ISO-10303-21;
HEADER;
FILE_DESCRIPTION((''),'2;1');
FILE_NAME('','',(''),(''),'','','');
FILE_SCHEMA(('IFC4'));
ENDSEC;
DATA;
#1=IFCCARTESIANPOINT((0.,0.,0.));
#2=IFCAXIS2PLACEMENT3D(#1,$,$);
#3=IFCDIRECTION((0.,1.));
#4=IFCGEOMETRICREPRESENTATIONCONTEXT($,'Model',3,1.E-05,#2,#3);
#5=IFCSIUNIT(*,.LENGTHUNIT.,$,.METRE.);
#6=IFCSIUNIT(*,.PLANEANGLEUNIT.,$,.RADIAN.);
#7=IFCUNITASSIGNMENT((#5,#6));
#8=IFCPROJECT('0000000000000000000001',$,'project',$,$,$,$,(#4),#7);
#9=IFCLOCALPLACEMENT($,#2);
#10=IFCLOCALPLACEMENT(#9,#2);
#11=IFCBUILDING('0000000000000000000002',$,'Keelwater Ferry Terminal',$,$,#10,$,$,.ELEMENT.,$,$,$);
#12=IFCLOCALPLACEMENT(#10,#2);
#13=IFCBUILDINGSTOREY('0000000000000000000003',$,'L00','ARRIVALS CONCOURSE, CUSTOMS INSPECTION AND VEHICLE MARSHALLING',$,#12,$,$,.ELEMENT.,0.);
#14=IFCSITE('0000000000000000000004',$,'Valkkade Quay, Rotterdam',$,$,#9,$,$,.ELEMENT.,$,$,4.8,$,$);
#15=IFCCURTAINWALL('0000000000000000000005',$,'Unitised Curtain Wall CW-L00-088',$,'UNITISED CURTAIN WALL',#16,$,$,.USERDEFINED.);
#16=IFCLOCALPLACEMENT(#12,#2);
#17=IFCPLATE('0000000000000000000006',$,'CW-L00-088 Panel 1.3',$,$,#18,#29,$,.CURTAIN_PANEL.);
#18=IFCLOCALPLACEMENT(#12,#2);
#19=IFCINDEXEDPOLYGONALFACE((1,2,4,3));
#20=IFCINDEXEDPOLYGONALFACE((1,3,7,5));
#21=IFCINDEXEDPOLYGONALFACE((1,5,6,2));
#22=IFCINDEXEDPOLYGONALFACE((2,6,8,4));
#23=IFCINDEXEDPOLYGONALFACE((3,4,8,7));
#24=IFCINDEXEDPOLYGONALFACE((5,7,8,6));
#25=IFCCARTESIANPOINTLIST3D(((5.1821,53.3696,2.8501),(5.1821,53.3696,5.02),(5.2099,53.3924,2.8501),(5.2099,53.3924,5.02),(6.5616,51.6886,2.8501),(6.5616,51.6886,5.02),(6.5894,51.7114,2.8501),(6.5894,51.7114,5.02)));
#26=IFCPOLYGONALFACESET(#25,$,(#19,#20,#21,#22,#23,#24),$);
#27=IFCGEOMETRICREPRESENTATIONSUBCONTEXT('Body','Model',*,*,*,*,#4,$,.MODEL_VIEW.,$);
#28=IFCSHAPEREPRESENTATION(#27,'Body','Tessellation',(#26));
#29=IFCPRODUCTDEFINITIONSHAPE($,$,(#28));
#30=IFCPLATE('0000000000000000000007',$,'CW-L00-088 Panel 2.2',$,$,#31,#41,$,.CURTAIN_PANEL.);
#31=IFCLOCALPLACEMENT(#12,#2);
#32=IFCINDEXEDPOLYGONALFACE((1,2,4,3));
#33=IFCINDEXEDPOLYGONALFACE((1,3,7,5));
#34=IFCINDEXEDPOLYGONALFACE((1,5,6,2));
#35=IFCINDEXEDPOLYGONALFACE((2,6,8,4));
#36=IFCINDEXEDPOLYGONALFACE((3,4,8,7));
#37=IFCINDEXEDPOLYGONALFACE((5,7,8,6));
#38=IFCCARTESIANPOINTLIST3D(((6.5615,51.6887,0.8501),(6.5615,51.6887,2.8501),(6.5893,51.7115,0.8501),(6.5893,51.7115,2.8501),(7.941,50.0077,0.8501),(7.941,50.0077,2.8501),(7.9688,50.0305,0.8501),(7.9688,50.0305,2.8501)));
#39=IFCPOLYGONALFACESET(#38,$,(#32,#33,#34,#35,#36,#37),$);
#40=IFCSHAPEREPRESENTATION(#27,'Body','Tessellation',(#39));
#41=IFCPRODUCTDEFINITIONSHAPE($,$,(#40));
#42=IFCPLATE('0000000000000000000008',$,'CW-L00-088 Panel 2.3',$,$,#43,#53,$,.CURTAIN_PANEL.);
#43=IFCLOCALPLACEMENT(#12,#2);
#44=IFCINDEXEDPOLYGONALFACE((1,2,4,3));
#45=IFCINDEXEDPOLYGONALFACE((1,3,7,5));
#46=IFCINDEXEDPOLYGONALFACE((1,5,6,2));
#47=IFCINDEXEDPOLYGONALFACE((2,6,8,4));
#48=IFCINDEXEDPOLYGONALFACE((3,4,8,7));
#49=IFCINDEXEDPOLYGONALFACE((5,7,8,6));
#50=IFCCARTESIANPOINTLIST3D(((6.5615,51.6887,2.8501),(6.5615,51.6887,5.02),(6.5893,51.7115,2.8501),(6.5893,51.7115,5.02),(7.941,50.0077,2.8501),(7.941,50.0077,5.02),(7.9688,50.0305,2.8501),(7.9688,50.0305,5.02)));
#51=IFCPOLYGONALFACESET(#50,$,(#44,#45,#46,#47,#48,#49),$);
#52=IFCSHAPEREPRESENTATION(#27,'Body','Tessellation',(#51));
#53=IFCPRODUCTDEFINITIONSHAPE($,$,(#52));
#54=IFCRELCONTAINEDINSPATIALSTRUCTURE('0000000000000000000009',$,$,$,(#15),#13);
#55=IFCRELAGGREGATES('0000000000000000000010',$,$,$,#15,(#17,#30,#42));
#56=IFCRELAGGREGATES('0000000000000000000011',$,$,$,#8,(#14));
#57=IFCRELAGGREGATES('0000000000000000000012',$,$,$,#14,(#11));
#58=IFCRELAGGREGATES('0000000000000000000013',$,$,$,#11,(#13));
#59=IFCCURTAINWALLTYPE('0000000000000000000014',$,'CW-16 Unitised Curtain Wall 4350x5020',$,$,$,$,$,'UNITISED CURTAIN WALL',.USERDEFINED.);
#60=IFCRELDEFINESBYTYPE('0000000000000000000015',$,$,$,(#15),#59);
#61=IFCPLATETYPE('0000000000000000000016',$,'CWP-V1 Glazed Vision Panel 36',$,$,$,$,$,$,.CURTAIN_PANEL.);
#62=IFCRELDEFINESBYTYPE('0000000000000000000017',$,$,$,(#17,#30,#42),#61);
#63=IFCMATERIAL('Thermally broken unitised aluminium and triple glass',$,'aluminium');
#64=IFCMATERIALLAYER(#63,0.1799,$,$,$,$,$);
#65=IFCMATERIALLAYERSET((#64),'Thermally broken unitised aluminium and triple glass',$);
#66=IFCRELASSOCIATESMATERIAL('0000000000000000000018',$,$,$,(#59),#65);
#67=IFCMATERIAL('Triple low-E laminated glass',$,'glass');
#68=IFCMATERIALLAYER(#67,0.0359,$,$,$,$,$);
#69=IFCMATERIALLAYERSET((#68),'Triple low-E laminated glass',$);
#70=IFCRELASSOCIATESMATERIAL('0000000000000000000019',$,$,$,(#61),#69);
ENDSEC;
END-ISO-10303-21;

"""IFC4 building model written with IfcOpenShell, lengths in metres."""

from ifc_helpers import new_model, si_unit, direction, frame, origin, origin_2d, place, context, subcontext, project, spatial, rectangle, extrude, material, layer, layer_set, type_object, element, aggregate, save


model = new_model("IFC4")

# Units and contexts
model_context = context("Model", 3, precision=1e-05, world=origin(), true_north=direction((0.0, 1.0)))
body_context = subcontext(model_context, "Body", "Model", "MODEL_VIEW")
ifc_project = project(units=[si_unit("LENGTHUNIT", "METRE"), si_unit("PLANEANGLEUNIT", "RADIAN")], contexts=[model_context])

# Site, building, storey
site_placement = place(None, origin())
site = spatial("IfcSite", under=ifc_project, at=site_placement, Name="Valkkade Quay, Rotterdam", CompositionType="ELEMENT", RefElevation=4.8)
building_placement = place(site_placement, origin())
building = spatial("IfcBuilding", under=site, at=building_placement, Name="Keelwater Ferry Terminal", CompositionType="ELEMENT")
storey_placement = place(building_placement, origin())
storey = spatial("IfcBuildingStorey", under=building, at=storey_placement, Name="L00", Description="ARRIVALS CONCOURSE, CUSTOMS INSPECTION AND VEHICLE MARSHALLING", CompositionType="ELEMENT", Elevation=0.0)

# Shared definitions
ifc_material_1 = material(Name="Thermally broken unitised aluminium and triple glass", Category="aluminium")
ifc_layer_1 = layer(ifc_material_1, 0.1799)
ifc_layer_set_1 = layer_set([ifc_layer_1], Name="Thermally broken unitised aluminium and triple glass")
curtain_wall_type = type_object("IfcCurtainWallType", Name="CW-16 Unitised Curtain Wall 4350x5020", ElementType="UNITISED CURTAIN WALL", PredefinedType="USERDEFINED", material=ifc_layer_set_1)

# Curtain wall
curtain_wall_1_placement = place(storey_placement, origin())
curtain_wall_1 = element("IfcCurtainWall", 1, at=curtain_wall_1_placement, inside=storey, type_object=curtain_wall_type, Name="Unitised Curtain Wall CW-L00-088", ObjectType="UNITISED CURTAIN WALL", PredefinedType="USERDEFINED")

# Plates
ifc_material_2 = material(Name="Triple low-E laminated glass", Category="glass")
ifc_layer_2 = layer(ifc_material_2, 0.0359)
ifc_layer_set_2 = layer_set([ifc_layer_2], Name="Triple low-E laminated glass")
plate_type_1 = type_object("IfcPlateType", Name="CWP-V1 Glazed Vision Panel 36", PredefinedType="CURTAIN_PANEL", material=ifc_layer_set_2)
plate_1_placement = place(storey_placement, frame((5.8857, 52.5405, 2.8501), z_axis=(0.0, 0.0, 1.0), x_axis=(0.634377, -0.773024, 0.0)))
plate_1 = element("IfcPlate", 2, at=plate_1_placement, type_object=plate_type_1, Name="CW-L00-088 Panel 1.3", PredefinedType="CURTAIN_PANEL", context=body_context, shape_type="SweptSolid", body=[
    extrude(rectangle(XDim=2.1746, YDim=0.0359, at=origin_2d()), origin(), (0.0, 0.0, 1.0), 2.1699),
])
plate_2_placement = place(storey_placement, frame((7.2651, 50.8596, 0.8501), z_axis=(0.0, 0.0, 1.0), x_axis=(0.634377, -0.773024, 0.0)))
plate_2 = element("IfcPlate", 3, at=plate_2_placement, type_object=plate_type_1, Name="CW-L00-088 Panel 2.2", PredefinedType="CURTAIN_PANEL", context=body_context, shape_type="SweptSolid", body=[
    extrude(rectangle(XDim=2.1746, YDim=0.0359, at=origin_2d()), origin(), (0.0, 0.0, 1.0), 2.0),
])
plate_3_placement = place(storey_placement, frame((7.2651, 50.8596, 2.8501), z_axis=(0.0, 0.0, 1.0), x_axis=(0.634377, -0.773024, 0.0)))
plate_3 = element("IfcPlate", 4, at=plate_3_placement, type_object=plate_type_1, Name="CW-L00-088 Panel 2.3", PredefinedType="CURTAIN_PANEL", context=body_context, shape_type="SweptSolid", body=[
    extrude(rectangle(XDim=2.1746, YDim=0.0359, at=origin_2d()), origin(), (0.0, 0.0, 1.0), 2.1699),
])
aggregate(curtain_wall_1, [plate_1, plate_2, plate_3])

save(model, "model.ifc")
